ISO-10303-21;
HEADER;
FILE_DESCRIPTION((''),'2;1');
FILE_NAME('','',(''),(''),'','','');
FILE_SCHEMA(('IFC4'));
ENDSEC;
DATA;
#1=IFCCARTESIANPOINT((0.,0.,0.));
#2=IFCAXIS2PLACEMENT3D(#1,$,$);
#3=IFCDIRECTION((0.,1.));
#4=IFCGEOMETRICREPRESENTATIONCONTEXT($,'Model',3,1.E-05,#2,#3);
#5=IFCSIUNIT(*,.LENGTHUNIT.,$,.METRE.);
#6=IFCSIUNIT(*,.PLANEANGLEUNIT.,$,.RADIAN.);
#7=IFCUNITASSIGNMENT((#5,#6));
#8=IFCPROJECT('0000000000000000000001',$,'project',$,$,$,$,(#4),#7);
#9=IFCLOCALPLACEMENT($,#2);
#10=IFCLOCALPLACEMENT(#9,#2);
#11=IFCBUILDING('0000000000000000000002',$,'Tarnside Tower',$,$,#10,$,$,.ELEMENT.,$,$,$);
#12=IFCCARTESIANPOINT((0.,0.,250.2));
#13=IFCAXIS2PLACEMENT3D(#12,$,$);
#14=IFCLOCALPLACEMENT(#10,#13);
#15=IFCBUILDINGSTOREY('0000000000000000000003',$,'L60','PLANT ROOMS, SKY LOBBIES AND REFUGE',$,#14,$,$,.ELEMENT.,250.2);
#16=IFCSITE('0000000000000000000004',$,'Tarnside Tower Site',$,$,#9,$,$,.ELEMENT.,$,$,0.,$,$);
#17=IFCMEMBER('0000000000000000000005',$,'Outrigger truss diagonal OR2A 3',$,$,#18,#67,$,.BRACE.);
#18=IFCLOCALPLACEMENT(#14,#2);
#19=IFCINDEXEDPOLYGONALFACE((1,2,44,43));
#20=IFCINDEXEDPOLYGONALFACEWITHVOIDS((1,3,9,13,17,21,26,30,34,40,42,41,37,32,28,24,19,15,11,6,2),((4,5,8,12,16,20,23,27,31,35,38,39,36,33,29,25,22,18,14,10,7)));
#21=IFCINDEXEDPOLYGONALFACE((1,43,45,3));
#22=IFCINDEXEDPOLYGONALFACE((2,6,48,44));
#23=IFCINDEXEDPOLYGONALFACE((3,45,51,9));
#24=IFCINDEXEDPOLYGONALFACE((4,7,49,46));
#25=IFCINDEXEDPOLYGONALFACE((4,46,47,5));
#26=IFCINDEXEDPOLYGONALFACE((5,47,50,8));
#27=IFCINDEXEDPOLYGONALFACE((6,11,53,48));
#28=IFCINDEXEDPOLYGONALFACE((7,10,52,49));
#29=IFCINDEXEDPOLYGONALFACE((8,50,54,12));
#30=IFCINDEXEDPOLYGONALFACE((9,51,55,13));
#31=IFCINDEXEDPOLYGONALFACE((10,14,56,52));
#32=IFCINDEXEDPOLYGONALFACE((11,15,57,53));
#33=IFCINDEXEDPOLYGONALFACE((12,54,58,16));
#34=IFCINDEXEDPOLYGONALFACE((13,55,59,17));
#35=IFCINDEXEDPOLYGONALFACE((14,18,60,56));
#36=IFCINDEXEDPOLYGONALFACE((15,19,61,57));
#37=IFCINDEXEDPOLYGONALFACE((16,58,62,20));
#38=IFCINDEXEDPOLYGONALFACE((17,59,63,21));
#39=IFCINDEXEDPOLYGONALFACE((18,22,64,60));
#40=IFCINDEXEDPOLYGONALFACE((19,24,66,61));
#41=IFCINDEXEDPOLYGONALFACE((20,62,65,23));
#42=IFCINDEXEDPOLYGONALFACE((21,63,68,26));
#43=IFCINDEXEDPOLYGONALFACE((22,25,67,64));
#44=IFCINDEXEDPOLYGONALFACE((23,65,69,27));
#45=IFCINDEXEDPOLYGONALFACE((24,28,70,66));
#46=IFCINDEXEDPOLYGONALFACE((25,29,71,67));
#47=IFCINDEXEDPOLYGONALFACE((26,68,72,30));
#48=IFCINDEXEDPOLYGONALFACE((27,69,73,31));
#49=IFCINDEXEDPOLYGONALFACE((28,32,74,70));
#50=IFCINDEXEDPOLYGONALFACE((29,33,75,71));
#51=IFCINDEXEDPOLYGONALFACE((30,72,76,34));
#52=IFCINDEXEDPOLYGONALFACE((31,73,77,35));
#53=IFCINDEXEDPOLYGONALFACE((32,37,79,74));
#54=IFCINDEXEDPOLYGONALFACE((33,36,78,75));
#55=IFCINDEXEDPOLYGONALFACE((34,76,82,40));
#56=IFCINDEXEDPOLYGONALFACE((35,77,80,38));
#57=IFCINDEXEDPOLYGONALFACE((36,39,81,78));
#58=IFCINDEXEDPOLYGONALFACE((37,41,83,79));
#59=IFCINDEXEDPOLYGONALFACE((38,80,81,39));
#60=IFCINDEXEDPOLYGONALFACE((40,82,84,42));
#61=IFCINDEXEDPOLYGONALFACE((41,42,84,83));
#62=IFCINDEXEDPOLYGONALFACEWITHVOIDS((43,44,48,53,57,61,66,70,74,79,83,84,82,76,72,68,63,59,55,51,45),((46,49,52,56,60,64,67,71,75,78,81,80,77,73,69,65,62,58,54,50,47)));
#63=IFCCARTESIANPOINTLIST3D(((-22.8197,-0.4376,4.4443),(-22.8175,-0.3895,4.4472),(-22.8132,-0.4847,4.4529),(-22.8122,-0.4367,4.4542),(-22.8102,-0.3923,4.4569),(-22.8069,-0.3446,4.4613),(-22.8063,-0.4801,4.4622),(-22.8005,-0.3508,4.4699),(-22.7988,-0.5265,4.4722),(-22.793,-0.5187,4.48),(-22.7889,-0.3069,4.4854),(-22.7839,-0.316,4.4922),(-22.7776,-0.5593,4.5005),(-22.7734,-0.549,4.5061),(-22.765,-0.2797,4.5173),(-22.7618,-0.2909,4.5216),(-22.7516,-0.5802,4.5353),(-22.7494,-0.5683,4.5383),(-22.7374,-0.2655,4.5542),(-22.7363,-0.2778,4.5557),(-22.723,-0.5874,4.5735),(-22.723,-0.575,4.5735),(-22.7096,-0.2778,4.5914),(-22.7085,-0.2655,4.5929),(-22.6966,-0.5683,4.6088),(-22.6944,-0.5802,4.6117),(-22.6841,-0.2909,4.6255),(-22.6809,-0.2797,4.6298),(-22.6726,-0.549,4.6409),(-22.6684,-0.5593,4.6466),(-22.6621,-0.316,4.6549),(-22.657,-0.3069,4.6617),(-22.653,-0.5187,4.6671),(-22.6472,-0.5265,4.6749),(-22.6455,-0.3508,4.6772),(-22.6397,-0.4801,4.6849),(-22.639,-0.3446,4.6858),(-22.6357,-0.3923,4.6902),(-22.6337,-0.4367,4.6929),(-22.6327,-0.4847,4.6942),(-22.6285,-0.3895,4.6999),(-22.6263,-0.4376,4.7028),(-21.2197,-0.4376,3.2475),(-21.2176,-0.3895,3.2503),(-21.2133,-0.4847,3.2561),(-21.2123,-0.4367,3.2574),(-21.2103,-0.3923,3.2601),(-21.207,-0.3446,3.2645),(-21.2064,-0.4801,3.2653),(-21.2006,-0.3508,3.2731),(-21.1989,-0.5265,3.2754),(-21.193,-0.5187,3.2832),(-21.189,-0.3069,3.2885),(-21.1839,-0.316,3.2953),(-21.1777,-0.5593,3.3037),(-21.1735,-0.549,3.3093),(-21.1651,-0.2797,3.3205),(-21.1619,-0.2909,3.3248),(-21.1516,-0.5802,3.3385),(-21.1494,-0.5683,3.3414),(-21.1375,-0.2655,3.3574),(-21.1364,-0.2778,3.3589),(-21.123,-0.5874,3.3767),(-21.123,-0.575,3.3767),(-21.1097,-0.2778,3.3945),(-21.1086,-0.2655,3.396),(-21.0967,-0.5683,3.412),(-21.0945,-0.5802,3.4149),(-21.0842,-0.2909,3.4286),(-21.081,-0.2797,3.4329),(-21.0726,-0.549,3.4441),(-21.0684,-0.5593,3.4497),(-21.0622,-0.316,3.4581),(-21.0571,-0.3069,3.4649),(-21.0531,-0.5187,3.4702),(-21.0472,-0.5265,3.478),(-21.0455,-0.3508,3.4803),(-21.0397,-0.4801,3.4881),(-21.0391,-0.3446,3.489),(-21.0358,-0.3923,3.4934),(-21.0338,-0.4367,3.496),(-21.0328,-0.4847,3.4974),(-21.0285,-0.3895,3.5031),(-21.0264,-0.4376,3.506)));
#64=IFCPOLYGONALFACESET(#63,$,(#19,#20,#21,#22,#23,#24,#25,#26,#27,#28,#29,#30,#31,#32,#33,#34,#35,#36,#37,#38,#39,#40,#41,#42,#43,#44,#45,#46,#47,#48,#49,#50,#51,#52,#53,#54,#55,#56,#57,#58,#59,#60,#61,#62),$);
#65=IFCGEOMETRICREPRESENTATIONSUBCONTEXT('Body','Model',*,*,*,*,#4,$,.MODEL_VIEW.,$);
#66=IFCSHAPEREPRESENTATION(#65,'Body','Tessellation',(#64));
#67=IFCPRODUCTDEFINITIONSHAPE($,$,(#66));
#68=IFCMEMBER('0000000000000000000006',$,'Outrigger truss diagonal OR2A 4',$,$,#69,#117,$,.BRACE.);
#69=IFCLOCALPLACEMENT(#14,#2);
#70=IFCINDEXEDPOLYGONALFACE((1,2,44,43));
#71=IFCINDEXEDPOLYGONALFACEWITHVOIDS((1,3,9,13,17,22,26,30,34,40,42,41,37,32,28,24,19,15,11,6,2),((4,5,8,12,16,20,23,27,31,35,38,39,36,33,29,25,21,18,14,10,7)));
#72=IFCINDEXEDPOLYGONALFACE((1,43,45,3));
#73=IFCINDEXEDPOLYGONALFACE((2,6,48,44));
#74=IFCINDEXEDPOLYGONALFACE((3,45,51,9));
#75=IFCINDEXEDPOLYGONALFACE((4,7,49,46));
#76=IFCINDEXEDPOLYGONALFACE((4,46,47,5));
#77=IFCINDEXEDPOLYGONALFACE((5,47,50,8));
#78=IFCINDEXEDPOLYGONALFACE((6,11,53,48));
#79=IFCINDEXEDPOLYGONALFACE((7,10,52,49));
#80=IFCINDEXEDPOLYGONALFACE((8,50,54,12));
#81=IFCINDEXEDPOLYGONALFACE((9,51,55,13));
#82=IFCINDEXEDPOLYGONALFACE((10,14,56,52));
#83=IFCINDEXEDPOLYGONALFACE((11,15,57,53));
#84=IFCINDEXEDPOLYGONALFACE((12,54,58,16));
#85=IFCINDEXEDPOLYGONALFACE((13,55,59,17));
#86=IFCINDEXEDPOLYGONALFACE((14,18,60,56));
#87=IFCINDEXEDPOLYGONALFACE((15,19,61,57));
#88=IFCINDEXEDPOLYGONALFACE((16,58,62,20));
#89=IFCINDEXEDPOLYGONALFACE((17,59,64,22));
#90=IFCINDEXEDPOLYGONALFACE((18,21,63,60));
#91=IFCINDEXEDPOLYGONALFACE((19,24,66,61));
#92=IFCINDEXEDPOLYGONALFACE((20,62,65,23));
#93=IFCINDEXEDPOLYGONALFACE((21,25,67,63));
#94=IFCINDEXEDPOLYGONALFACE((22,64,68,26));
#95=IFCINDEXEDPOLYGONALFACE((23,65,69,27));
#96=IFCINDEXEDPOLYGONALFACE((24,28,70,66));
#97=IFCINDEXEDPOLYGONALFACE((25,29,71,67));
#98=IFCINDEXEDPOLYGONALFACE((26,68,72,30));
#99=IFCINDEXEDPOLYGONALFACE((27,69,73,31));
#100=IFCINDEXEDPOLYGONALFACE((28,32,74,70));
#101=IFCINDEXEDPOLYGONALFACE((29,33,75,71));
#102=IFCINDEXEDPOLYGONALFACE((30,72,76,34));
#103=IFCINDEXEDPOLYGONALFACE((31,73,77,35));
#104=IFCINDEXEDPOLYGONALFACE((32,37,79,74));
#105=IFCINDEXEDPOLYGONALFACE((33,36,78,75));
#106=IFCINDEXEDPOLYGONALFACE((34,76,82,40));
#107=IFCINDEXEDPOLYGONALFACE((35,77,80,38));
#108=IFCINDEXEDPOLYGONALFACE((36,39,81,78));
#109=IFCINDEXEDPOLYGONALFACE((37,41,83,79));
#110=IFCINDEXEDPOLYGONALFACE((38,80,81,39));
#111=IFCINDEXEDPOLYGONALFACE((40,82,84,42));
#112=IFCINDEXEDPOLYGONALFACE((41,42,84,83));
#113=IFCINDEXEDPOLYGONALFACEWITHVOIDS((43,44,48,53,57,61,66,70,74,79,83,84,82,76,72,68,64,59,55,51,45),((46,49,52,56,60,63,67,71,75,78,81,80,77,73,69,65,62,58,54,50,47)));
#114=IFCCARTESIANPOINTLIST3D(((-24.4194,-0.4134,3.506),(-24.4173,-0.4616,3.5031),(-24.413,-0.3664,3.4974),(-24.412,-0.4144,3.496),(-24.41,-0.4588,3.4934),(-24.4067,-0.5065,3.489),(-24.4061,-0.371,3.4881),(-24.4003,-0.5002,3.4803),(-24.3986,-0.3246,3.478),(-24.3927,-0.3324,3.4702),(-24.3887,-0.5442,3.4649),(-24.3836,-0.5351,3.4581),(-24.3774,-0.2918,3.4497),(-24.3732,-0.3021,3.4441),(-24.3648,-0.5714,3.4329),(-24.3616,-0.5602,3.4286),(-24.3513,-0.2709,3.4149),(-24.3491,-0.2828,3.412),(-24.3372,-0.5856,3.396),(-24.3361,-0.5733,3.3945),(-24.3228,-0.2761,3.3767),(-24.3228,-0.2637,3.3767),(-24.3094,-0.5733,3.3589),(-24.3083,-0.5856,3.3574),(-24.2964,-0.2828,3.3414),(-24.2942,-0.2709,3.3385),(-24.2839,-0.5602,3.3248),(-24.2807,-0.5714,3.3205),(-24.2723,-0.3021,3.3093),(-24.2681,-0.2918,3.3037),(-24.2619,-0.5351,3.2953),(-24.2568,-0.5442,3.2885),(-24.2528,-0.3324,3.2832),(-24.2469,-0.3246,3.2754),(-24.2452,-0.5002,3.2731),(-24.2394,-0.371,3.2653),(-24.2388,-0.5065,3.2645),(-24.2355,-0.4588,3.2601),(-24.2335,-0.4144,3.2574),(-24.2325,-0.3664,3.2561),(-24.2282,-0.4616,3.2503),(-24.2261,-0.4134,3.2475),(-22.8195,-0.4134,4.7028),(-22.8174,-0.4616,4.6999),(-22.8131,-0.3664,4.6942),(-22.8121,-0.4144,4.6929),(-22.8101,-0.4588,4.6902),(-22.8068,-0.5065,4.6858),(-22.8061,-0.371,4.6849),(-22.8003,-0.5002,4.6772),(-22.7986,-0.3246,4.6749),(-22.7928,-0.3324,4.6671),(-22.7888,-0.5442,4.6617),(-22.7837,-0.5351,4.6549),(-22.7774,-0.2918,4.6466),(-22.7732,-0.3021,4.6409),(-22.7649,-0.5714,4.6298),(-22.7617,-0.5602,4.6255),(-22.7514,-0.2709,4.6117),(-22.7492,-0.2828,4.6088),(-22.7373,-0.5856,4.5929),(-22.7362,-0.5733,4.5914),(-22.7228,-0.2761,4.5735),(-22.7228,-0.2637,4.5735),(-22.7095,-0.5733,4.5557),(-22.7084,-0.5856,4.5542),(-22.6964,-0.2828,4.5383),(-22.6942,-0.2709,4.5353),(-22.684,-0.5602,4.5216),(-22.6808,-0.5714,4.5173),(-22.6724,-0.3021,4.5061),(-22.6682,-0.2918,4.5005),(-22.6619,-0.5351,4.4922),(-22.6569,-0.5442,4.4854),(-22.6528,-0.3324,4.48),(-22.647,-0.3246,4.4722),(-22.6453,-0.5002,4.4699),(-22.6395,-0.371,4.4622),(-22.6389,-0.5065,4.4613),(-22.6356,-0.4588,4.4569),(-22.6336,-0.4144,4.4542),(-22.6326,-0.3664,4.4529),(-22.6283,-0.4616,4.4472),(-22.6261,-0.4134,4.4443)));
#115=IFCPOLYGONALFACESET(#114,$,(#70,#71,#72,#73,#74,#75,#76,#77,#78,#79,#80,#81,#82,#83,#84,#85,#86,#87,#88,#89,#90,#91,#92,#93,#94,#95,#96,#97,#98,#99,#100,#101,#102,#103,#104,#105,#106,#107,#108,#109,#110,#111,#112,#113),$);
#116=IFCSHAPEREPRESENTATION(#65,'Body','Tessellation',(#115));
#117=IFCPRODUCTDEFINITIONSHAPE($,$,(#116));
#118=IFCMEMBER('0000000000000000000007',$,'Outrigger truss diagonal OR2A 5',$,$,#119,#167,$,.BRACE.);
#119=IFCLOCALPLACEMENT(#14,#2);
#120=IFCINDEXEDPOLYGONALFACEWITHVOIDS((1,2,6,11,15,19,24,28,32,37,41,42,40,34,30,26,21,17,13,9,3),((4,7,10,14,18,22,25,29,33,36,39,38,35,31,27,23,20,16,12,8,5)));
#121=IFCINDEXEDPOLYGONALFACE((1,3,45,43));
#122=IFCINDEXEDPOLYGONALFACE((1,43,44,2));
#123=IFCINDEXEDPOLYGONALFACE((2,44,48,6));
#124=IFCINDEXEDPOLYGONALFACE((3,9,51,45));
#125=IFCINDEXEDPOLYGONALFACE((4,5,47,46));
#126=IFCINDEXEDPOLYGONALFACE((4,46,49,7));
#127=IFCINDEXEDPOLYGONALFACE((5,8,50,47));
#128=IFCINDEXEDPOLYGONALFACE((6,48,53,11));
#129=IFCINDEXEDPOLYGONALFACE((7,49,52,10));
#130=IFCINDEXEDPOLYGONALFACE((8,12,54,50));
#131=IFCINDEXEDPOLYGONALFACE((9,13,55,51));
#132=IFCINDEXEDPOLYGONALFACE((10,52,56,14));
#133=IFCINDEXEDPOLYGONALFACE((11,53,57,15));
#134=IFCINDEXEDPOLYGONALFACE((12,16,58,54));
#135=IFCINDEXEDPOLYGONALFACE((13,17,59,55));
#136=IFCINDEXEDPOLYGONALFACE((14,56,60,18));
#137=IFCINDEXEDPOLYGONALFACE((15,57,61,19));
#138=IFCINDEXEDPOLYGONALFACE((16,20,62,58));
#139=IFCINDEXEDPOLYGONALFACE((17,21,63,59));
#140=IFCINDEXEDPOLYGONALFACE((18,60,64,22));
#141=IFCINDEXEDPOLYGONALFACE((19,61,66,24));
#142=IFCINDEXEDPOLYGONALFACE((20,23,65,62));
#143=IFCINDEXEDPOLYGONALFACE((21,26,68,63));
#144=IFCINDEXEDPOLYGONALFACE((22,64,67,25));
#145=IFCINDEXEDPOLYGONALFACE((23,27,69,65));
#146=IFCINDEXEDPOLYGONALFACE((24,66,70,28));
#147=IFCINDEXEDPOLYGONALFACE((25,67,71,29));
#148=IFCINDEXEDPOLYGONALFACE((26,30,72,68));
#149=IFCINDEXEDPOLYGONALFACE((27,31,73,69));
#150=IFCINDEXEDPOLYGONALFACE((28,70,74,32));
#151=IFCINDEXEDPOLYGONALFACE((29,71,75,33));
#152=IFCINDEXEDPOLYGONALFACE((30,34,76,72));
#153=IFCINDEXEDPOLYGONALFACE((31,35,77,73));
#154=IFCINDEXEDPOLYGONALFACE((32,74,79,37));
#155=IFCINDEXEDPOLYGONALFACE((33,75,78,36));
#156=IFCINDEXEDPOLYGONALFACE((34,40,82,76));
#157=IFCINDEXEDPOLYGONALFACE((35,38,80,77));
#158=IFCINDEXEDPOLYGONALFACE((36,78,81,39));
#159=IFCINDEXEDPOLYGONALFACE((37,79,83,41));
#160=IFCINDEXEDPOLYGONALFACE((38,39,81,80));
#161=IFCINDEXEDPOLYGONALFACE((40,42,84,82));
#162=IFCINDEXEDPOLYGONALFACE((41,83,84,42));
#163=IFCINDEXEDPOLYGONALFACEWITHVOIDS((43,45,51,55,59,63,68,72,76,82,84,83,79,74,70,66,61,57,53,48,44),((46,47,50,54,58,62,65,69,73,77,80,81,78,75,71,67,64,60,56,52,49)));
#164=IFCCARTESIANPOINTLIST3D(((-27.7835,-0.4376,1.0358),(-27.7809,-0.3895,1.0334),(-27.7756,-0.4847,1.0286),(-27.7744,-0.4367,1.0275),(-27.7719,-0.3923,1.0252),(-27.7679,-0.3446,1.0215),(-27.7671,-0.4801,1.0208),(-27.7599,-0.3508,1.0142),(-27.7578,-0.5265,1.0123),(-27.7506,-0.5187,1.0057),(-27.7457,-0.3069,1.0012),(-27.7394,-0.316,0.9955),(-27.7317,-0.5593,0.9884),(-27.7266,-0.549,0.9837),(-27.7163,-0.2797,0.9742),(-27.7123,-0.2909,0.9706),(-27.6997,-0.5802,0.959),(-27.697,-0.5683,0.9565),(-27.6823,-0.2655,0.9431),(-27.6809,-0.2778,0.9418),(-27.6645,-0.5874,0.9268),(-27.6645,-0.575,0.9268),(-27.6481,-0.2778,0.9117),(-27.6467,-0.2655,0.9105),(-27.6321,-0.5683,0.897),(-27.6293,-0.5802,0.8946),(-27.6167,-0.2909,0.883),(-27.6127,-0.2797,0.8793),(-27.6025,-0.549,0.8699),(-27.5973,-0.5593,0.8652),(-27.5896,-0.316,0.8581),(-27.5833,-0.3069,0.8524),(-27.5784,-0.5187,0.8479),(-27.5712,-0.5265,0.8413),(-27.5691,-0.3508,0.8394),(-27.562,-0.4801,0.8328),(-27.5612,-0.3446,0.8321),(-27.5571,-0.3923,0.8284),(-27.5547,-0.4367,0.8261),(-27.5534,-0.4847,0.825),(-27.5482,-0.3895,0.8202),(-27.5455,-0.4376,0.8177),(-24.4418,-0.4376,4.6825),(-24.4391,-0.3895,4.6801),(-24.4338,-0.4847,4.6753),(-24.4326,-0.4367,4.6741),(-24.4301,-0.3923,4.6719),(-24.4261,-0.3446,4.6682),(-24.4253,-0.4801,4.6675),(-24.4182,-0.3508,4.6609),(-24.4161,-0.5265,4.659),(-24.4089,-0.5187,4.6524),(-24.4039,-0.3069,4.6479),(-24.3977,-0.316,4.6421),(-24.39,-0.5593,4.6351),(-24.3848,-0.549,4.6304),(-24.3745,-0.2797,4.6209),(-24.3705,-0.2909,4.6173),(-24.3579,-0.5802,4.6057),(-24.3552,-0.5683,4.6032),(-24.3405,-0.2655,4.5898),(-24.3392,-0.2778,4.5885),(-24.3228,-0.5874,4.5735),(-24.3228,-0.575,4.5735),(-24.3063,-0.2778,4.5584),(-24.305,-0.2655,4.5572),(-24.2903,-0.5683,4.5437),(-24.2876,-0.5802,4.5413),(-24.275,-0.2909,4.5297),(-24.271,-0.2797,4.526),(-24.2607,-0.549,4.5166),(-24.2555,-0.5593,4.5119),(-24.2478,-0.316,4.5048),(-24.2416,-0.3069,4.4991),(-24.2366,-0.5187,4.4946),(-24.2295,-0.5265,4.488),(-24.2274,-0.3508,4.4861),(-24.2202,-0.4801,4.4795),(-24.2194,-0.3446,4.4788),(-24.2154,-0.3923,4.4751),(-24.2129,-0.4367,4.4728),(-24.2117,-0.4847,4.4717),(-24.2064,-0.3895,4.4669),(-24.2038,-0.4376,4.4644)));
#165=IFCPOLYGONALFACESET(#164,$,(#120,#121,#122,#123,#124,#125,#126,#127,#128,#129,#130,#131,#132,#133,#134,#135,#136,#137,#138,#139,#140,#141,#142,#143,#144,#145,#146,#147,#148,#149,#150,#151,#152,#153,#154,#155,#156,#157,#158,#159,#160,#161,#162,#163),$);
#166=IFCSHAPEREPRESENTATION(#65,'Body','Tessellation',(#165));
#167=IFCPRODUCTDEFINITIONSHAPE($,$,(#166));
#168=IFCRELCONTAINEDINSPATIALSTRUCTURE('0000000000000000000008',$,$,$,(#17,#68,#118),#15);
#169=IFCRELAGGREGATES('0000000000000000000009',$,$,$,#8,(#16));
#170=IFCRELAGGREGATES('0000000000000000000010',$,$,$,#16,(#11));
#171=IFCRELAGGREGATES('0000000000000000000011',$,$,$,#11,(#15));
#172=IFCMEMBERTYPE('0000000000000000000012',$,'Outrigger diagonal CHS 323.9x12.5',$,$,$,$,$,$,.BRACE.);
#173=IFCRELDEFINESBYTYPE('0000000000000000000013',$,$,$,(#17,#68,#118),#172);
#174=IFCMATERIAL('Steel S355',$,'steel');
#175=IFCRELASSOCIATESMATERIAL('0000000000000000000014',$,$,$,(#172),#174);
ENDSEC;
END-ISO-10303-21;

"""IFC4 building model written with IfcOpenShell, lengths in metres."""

from ifc_helpers import new_model, si_unit, direction, frame, origin, origin_2d, place, context, subcontext, project, spatial, hollow_circle, extrude, material, material_profile, profile_set, type_object, element, save


model = new_model("IFC4")

# Units and contexts
model_context = context("Model", 3, precision=1e-05, world=origin(), true_north=direction((0.0, 1.0)))
body_context = subcontext(model_context, "Body", "Model", "MODEL_VIEW")
ifc_project = project(units=[si_unit("LENGTHUNIT", "METRE"), si_unit("PLANEANGLEUNIT", "RADIAN")], contexts=[model_context])

# Site, building, storey
site_placement = place(None, origin())
site = spatial("IfcSite", under=ifc_project, at=site_placement, Name="Tarnside Tower Site", CompositionType="ELEMENT", RefElevation=0.0)
building_placement = place(site_placement, origin())
building = spatial("IfcBuilding", under=site, at=building_placement, Name="Tarnside Tower", CompositionType="ELEMENT")
storey_placement = place(building_placement, frame((0.0, 0.0, 250.2)))
storey = spatial("IfcBuildingStorey", under=building, at=storey_placement, Name="L60", Description="PLANT ROOMS, SKY LOBBIES AND REFUGE", CompositionType="ELEMENT", Elevation=250.2)

# Shared definitions
ifc_material_1 = material(Name="Steel S355", Category="steel")

# Members
ifc_material_profile_1 = material_profile(ifc_material_1, hollow_circle(Radius=0.1619, WallThickness=0.0125, at=origin_2d()), Name="CHS 323.9x12.5")
ifc_profile_set_1 = profile_set([ifc_material_profile_1], Name="Steel S355")
member_type_1 = type_object("IfcMemberType", Name="Outrigger diagonal CHS 323.9x12.5", PredefinedType="BRACE", material=ifc_profile_set_1)
for number, where, z_axis, x_axis, name in (
    (1, (-21.123, -0.4255, 3.3767), (-0.800747, 0.0, 0.599002), (0.0, -1.0, 0.0), "Outrigger truss diagonal OR2A 3"),
    (2, (-24.3228, -0.4255, 3.3767), (0.800747, 0.0, 0.599002), (0.0, 1.0, 0.0), "Outrigger truss diagonal OR2A 4"),
):
    element("IfcMember", number, at=place(storey_placement, frame(where, z_axis=z_axis, x_axis=x_axis)), inside=storey, type_object=member_type_1, Name=name, PredefinedType="BRACE", context=body_context, shape_type="SweptSolid", body=[
        extrude(hollow_circle(Radius=0.1619, WallThickness=0.0125, at=origin_2d()), origin(), (0.0, 0.0, 1.0), 1.998),
    ])
member_1_placement = place(storey_placement, frame((-24.3228, -0.4255, 4.5735), z_axis=(-0.675611, 0.0, -0.737259), x_axis=(0.0, -1.0, 0.0)))
element("IfcMember", 3, at=member_1_placement, inside=storey, type_object=member_type_1, Name="Outrigger truss diagonal OR2A 5", PredefinedType="BRACE", context=body_context, shape_type="SweptSolid", body=[
    extrude(hollow_circle(Radius=0.1619, WallThickness=0.0125, at=origin_2d()), origin(), (0.0, 0.0, 1.0), 4.9463),
])

save(model, "model.ifc")
